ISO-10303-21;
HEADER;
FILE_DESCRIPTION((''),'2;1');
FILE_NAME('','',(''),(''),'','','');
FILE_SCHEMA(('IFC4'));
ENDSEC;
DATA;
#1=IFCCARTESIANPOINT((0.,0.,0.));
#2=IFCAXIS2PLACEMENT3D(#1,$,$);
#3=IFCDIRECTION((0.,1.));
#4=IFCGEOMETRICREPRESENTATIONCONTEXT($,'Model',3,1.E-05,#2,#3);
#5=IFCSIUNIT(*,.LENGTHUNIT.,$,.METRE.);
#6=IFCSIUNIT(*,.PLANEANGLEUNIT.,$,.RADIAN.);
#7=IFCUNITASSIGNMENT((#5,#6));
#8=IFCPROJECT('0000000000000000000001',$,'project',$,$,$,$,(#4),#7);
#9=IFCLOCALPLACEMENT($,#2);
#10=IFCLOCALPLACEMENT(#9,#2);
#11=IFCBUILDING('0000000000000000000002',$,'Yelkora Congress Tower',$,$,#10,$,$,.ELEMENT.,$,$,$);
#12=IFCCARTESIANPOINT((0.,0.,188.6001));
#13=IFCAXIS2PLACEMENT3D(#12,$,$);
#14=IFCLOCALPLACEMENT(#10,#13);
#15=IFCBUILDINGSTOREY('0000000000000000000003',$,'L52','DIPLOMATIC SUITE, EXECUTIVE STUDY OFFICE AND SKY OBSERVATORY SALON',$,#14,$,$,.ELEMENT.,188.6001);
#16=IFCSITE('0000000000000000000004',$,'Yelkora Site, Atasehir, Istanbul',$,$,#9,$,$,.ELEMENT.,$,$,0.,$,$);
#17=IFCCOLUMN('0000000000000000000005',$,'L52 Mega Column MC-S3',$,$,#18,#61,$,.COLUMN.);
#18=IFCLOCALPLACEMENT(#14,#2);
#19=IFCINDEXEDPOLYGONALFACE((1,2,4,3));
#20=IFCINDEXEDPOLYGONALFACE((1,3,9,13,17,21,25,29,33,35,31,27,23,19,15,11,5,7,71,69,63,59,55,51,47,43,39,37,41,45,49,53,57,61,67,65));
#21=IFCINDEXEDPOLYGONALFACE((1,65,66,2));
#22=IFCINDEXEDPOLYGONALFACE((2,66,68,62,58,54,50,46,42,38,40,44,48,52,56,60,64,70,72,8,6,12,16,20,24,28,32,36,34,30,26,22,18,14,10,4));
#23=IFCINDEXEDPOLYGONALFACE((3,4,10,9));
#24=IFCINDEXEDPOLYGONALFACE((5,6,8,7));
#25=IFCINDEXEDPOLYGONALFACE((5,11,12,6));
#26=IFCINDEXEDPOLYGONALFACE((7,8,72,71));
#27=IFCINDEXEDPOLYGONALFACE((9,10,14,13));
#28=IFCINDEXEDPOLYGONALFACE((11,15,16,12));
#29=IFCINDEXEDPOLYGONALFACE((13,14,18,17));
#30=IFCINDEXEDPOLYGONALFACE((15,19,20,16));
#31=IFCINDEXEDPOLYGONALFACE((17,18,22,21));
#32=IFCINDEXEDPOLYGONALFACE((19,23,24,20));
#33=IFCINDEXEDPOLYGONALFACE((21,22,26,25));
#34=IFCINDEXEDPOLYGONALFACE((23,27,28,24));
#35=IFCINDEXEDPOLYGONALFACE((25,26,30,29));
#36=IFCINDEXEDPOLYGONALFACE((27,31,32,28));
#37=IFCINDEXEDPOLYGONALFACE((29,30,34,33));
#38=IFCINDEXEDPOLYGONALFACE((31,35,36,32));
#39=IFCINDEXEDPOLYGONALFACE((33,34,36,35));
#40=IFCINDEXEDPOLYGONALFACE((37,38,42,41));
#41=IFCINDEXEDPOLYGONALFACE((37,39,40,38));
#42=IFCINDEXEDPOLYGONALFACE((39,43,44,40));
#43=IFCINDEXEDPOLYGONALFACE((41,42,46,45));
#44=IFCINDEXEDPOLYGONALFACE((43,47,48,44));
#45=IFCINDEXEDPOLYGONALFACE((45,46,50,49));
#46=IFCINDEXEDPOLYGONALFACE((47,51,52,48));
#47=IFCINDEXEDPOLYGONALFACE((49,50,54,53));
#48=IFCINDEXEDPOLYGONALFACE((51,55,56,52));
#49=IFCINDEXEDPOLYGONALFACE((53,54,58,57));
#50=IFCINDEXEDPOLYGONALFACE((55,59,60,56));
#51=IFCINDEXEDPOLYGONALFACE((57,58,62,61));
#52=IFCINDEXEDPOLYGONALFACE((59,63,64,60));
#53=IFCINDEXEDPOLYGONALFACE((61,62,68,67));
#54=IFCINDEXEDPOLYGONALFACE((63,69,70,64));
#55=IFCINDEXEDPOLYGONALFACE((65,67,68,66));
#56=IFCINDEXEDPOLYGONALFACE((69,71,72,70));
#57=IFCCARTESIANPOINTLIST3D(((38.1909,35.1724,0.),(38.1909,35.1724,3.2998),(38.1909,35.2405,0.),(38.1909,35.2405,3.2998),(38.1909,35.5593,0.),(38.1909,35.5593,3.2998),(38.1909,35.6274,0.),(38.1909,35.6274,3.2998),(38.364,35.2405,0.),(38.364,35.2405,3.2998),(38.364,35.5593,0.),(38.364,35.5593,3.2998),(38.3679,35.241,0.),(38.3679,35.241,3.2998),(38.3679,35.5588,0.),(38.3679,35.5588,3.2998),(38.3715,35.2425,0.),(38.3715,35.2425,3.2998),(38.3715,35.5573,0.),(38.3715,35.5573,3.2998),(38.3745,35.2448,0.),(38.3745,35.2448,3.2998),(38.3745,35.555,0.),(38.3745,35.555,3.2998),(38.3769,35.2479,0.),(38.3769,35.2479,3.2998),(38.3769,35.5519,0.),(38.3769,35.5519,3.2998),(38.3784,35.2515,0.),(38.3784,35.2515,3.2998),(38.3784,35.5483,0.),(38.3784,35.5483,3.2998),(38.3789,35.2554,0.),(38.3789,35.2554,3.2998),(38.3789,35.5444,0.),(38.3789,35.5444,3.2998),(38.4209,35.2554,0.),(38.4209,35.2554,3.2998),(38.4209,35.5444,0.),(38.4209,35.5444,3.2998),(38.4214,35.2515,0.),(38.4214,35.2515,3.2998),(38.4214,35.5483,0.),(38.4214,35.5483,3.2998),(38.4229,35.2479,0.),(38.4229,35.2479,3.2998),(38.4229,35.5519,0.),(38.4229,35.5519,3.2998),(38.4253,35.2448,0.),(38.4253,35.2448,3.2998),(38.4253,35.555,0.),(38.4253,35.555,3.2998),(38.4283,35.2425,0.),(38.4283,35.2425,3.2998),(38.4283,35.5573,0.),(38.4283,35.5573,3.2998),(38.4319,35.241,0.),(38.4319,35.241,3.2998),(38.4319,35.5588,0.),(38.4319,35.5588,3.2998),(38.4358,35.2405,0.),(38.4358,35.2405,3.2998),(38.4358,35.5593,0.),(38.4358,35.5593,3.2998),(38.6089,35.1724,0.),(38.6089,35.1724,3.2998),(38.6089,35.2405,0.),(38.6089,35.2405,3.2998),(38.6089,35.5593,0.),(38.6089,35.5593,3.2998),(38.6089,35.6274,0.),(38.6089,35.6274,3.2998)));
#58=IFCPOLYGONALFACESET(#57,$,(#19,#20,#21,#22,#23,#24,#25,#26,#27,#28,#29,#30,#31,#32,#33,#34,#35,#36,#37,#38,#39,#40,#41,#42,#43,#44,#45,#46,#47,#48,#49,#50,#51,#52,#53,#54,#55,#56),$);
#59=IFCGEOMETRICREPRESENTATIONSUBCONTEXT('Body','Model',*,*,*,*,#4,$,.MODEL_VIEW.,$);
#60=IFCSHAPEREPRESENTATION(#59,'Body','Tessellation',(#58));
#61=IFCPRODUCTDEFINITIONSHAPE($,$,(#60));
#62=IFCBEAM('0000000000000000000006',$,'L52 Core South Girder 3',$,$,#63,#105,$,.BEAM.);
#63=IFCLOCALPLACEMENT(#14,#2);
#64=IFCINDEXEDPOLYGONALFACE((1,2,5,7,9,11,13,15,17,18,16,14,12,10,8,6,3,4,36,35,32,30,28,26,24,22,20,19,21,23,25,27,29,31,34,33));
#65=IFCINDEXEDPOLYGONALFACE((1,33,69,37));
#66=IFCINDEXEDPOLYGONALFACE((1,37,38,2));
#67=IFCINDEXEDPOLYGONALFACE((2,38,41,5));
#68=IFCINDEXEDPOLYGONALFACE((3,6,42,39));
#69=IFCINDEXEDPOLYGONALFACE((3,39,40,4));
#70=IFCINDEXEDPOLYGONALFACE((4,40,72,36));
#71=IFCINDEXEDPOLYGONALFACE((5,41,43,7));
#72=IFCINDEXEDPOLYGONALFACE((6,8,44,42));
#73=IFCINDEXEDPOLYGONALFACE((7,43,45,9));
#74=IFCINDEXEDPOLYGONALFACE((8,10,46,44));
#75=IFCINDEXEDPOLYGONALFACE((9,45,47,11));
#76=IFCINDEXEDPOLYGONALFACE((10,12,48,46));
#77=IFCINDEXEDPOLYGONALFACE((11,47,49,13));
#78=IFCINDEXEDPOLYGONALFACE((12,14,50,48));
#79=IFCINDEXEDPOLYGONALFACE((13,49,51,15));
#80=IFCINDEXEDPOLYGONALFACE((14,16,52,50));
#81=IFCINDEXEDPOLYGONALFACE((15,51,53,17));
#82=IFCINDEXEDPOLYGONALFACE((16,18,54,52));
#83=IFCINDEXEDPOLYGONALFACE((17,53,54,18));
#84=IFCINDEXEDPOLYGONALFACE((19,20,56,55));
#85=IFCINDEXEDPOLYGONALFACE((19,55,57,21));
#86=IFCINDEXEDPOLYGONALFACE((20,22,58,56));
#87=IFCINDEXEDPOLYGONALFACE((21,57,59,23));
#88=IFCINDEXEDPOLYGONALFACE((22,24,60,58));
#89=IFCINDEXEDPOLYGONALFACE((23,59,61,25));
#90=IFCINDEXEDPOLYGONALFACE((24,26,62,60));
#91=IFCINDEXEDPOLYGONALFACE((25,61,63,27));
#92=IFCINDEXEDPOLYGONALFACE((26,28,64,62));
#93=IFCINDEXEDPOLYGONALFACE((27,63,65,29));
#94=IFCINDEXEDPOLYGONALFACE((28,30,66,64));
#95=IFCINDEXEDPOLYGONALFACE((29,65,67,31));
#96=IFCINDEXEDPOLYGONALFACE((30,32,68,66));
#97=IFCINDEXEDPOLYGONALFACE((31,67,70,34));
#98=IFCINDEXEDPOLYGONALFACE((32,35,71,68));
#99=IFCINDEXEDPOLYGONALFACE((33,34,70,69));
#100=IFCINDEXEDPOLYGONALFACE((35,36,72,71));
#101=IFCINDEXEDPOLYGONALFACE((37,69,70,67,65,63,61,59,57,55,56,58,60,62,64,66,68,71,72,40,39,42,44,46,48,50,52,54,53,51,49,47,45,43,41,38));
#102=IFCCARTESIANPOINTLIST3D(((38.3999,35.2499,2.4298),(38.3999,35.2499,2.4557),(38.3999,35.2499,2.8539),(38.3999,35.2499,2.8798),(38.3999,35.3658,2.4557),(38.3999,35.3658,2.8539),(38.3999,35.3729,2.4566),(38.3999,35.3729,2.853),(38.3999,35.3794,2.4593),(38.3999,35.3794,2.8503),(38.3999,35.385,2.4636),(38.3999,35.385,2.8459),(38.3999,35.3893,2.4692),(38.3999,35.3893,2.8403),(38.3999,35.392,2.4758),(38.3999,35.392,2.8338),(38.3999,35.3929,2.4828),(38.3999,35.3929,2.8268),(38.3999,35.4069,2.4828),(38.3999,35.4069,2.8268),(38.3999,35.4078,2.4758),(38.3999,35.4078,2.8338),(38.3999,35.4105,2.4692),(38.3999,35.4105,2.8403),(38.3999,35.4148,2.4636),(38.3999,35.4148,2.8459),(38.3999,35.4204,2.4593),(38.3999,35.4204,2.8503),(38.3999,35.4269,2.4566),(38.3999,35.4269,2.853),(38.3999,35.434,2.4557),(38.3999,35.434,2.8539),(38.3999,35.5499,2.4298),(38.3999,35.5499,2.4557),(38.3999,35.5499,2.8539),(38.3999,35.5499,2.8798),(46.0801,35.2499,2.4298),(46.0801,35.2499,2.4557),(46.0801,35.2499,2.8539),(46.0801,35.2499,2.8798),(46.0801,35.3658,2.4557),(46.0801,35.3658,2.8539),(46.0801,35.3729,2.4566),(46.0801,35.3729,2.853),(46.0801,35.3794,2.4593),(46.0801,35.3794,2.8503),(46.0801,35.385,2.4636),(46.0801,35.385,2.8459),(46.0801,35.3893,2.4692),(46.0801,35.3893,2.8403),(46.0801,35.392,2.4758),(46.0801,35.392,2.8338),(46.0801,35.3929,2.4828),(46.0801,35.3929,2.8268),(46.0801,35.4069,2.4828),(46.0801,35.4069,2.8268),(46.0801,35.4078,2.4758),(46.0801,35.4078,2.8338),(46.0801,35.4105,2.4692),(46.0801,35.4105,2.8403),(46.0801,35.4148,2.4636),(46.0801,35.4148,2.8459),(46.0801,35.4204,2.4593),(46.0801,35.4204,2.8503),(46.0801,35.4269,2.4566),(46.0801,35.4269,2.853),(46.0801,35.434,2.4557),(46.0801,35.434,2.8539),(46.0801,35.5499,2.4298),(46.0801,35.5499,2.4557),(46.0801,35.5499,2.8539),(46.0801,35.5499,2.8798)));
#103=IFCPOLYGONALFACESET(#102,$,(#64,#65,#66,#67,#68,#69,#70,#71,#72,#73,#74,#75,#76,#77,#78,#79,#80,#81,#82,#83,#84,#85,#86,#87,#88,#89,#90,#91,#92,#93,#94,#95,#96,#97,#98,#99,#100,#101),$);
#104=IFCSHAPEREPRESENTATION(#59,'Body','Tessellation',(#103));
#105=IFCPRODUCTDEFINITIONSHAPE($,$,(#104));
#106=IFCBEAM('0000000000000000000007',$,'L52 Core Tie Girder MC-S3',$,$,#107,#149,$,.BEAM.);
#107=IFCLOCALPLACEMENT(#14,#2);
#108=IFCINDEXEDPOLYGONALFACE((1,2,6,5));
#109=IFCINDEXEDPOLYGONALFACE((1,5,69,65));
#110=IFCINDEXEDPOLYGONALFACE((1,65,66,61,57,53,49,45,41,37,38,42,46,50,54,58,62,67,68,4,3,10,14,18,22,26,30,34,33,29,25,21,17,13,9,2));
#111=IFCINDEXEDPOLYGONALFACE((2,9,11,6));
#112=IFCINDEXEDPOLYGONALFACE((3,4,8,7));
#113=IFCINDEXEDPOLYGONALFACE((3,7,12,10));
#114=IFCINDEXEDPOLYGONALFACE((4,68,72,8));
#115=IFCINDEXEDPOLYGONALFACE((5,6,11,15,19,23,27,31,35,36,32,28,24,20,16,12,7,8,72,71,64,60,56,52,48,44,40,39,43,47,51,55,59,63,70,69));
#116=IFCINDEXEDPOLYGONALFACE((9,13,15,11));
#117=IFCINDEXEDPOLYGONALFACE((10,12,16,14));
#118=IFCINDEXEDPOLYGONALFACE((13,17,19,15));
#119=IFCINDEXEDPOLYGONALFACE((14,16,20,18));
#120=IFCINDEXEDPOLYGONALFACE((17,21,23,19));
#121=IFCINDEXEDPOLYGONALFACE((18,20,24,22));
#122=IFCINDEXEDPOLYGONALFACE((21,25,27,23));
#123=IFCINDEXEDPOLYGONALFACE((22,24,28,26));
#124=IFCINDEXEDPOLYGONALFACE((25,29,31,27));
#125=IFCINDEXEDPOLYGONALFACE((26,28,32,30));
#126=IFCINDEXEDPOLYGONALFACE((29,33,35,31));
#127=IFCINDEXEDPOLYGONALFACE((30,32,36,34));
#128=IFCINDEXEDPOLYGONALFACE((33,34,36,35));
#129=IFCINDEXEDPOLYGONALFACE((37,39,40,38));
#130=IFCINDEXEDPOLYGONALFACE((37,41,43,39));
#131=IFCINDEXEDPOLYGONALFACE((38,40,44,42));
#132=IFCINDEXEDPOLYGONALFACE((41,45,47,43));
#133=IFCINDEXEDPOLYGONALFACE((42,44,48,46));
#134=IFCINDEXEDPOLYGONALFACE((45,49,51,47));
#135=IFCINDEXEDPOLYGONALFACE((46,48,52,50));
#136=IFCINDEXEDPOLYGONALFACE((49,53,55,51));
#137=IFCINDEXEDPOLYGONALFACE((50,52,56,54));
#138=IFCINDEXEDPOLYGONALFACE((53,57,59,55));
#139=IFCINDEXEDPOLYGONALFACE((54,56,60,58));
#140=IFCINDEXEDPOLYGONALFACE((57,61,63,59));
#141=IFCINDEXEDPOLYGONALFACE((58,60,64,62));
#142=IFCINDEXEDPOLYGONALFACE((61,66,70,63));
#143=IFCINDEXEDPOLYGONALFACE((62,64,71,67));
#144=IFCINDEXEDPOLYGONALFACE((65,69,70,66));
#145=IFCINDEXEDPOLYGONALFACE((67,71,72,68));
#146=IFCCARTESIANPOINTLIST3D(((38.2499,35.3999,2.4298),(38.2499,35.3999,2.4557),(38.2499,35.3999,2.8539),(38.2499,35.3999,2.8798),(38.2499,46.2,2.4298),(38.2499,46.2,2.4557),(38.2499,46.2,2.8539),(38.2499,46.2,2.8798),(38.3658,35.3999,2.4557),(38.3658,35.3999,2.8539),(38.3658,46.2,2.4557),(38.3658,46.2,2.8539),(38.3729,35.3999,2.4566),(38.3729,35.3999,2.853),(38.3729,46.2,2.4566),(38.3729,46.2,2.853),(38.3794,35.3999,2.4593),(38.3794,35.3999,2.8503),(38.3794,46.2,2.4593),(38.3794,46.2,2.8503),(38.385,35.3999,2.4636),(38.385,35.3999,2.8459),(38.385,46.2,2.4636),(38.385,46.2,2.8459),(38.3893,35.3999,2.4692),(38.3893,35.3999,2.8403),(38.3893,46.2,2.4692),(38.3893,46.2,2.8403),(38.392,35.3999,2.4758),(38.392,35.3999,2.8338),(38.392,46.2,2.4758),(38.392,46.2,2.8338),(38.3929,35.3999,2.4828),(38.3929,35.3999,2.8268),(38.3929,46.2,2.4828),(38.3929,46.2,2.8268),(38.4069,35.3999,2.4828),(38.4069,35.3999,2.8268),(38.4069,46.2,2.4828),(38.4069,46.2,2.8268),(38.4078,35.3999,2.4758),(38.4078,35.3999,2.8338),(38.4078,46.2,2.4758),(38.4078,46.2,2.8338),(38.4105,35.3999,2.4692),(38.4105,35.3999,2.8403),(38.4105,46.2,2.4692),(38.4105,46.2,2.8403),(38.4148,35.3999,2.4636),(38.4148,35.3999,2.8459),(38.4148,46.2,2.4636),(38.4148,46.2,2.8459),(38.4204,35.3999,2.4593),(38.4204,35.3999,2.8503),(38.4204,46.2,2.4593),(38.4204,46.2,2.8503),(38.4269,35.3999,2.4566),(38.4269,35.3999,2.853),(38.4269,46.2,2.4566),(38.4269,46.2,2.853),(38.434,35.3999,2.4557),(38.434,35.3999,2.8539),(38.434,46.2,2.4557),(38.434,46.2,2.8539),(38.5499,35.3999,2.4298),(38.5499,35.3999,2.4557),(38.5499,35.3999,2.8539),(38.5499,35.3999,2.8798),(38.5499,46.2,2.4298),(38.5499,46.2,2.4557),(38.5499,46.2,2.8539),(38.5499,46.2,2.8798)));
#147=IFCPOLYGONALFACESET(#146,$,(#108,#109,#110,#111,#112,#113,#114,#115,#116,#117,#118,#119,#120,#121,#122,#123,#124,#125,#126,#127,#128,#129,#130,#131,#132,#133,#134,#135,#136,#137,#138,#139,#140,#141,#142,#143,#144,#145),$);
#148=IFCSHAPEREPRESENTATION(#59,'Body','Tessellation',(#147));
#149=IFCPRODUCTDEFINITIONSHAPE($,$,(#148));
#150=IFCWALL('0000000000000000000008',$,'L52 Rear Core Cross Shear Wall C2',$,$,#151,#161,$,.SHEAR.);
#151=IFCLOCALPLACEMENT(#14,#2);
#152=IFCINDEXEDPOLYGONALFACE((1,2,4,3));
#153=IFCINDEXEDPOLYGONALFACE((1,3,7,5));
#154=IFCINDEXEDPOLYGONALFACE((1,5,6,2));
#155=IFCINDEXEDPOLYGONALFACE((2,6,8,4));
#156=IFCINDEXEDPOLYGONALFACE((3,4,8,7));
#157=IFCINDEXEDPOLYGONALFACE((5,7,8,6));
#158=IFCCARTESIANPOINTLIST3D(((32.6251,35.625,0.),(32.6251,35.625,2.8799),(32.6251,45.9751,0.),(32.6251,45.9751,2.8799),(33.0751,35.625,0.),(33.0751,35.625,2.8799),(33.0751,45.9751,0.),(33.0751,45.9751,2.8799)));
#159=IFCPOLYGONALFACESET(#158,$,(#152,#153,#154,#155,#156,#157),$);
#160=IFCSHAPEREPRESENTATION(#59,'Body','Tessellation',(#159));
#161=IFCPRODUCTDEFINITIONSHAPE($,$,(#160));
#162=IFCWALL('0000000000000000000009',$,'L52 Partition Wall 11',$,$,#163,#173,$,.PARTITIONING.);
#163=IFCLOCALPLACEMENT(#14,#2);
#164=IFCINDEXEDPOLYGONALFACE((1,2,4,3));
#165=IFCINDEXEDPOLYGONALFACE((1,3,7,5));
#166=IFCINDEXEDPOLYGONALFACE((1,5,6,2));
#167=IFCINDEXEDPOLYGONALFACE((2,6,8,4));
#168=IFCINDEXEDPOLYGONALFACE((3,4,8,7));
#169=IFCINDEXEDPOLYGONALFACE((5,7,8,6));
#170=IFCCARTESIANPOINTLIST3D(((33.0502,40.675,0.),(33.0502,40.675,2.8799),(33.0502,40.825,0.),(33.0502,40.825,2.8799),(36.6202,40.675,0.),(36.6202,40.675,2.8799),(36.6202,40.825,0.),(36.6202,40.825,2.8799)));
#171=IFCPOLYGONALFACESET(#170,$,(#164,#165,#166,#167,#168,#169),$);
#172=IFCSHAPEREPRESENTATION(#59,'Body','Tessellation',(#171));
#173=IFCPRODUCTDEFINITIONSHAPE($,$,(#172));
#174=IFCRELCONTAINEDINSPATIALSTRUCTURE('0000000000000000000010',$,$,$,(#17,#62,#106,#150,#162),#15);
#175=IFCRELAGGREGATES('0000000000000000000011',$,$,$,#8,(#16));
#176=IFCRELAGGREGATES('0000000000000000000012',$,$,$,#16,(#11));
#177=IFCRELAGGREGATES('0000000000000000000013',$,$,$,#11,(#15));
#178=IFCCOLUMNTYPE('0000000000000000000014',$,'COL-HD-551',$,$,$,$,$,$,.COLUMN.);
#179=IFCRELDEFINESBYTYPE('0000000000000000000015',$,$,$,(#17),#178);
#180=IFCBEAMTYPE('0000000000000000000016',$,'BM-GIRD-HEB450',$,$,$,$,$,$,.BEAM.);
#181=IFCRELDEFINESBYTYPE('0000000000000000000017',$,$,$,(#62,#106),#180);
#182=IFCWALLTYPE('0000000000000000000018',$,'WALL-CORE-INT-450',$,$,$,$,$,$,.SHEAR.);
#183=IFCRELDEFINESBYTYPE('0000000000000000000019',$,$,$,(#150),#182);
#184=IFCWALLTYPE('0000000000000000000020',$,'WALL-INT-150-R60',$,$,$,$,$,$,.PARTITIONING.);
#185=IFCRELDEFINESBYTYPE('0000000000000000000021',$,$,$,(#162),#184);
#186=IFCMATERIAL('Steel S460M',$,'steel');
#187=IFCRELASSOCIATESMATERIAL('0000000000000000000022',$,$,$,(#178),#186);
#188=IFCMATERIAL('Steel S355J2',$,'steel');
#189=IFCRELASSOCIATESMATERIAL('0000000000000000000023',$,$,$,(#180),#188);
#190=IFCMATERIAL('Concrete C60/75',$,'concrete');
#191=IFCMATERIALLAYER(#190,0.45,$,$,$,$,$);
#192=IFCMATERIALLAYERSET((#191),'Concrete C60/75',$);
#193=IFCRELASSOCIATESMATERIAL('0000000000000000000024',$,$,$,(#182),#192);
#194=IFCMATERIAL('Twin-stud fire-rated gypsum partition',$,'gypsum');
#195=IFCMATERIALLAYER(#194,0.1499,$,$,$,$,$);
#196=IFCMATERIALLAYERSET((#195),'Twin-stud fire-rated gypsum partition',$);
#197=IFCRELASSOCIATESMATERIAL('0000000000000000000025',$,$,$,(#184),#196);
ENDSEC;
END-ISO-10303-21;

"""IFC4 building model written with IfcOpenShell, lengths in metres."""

from ifc_helpers import new_model, si_unit, direction, frame, frame_2d, origin, origin_2d, place, context, subcontext, project, spatial, rectangle, i_section, extrude, material, layer, layer_set, material_profile, profile_set, type_object, element, save


model = new_model("IFC4")

# Units and contexts
model_context = context("Model", 3, precision=1e-05, world=origin(), true_north=direction((0.0, 1.0)))
body_context = subcontext(model_context, "Body", "Model", "MODEL_VIEW")
ifc_project = project(units=[si_unit("LENGTHUNIT", "METRE"), si_unit("PLANEANGLEUNIT", "RADIAN")], contexts=[model_context])

# Site, building, storey
site_placement = place(None, origin())
site = spatial("IfcSite", under=ifc_project, at=site_placement, Name="Yelkora Site, Atasehir, Istanbul", CompositionType="ELEMENT", RefElevation=0.0)
building_placement = place(site_placement, origin())
building = spatial("IfcBuilding", under=site, at=building_placement, Name="Yelkora Congress Tower", CompositionType="ELEMENT")
storey_placement = place(building_placement, frame((0.0, 0.0, 188.6001)))
storey = spatial("IfcBuildingStorey", under=building, at=storey_placement, Name="L52", Description="DIPLOMATIC SUITE, EXECUTIVE STUDY OFFICE AND SKY OBSERVATORY SALON", CompositionType="ELEMENT", Elevation=188.6001)

# Column
ifc_material_1 = material(Name="Steel S460M", Category="steel")
ifc_material_profile_1 = material_profile(ifc_material_1, i_section(OverallWidth=0.418, OverallDepth=0.4551, WebThickness=0.042, FlangeThickness=0.0681, FilletRadius=0.0149, at=origin_2d()), Name="HD 400x551")
ifc_profile_set_1 = profile_set([ifc_material_profile_1], Name="Steel S460M")
column_type = type_object("IfcColumnType", Name="COL-HD-551", PredefinedType="COLUMN", material=ifc_profile_set_1)
column_placement = place(storey_placement, frame((38.3999, 35.3999, 0.0), z_axis=(0.0, 0.0, 1.0), x_axis=(1.0, 0.0, 0.0)))
element("IfcColumn", 1, at=column_placement, inside=storey, type_object=column_type, Name="L52 Mega Column MC-S3", PredefinedType="COLUMN", context=body_context, shape_type="SweptSolid", body=[
    extrude(i_section(OverallWidth=0.418, OverallDepth=0.4551, WebThickness=0.042, FlangeThickness=0.0681, FilletRadius=0.0149, at=origin_2d()), origin(), (0.0, 0.0, 1.0), 3.2998),
])

# Beams
ifc_material_2 = material(Name="Steel S355J2", Category="steel")
ifc_material_profile_2 = material_profile(ifc_material_2, i_section(OverallWidth=0.3, OverallDepth=0.45, WebThickness=0.0139, FlangeThickness=0.0259, FilletRadius=0.0271, at=origin_2d()), Name="HEB 450")
ifc_profile_set_2 = profile_set([ifc_material_profile_2], Name="Steel S355J2")
beam_type = type_object("IfcBeamType", Name="BM-GIRD-HEB450", PredefinedType="BEAM", material=ifc_profile_set_2)
beam_1_placement = place(storey_placement, frame((38.3999, 35.3999, 2.6548), z_axis=(1.0, 0.0, 0.0), x_axis=(0.0, 1.0, 0.0)))
element("IfcBeam", 2, at=beam_1_placement, inside=storey, type_object=beam_type, Name="L52 Core South Girder 3", PredefinedType="BEAM", context=body_context, shape_type="SweptSolid", body=[
    extrude(i_section(OverallWidth=0.3, OverallDepth=0.45, WebThickness=0.0139, FlangeThickness=0.0259, FilletRadius=0.0271, at=origin_2d()), origin(), (0.0, 0.0, 1.0), 7.6802),
])
beam_2_placement = place(storey_placement, frame((38.3999, 35.3999, 2.6548), z_axis=(0.0, 1.0, 0.0), x_axis=(-1.0, 0.0, 0.0)))
element("IfcBeam", 3, at=beam_2_placement, inside=storey, type_object=beam_type, Name="L52 Core Tie Girder MC-S3", PredefinedType="BEAM", context=body_context, shape_type="SweptSolid", body=[
    extrude(i_section(OverallWidth=0.3, OverallDepth=0.45, WebThickness=0.0139, FlangeThickness=0.0259, FilletRadius=0.0271, at=origin_2d()), origin(), (0.0, 0.0, 1.0), 10.8),
])

# Shared definitions
ifc_material_3 = material(Name="Concrete C60/75", Category="concrete")
ifc_layer_1 = layer(ifc_material_3, 0.45)
ifc_layer_set_1 = layer_set([ifc_layer_1], Name="Concrete C60/75")
wall_type_1 = type_object("IfcWallType", Name="WALL-CORE-INT-450", PredefinedType="SHEAR", material=ifc_layer_set_1)

# Walls
wall_1_placement = place(storey_placement, frame((32.8501, 35.625, 0.0), z_axis=(0.0, 0.0, 1.0), x_axis=(0.0, 1.0, 0.0)))
element("IfcWall", 4, at=wall_1_placement, inside=storey, type_object=wall_type_1, Name="L52 Rear Core Cross Shear Wall C2", PredefinedType="SHEAR", context=body_context, shape_type="SweptSolid", body=[
    extrude(rectangle(XDim=10.3501, YDim=0.45, at=frame_2d((5.175, 0.0))), origin(), (0.0, 0.0, 1.0), 2.8799),
])
ifc_material_4 = material(Name="Twin-stud fire-rated gypsum partition", Category="gypsum")
ifc_layer_2 = layer(ifc_material_4, 0.1499)
ifc_layer_set_2 = layer_set([ifc_layer_2], Name="Twin-stud fire-rated gypsum partition")
wall_type_2 = type_object("IfcWallType", Name="WALL-INT-150-R60", PredefinedType="PARTITIONING", material=ifc_layer_set_2)
wall_2_placement = place(storey_placement, frame((33.05, 40.75, 0.0), z_axis=(0.0, 0.0, 1.0), x_axis=(1.0, 0.0, 0.0)))
element("IfcWall", 5, at=wall_2_placement, inside=storey, type_object=wall_type_2, Name="L52 Partition Wall 11", PredefinedType="PARTITIONING", context=body_context, shape_type="SweptSolid", body=[
    extrude(rectangle(XDim=3.5701, YDim=0.1499, at=frame_2d((1.7852, 0.0))), origin(), (0.0, 0.0, 1.0), 2.8799),
])

save(model, "model.ifc")
